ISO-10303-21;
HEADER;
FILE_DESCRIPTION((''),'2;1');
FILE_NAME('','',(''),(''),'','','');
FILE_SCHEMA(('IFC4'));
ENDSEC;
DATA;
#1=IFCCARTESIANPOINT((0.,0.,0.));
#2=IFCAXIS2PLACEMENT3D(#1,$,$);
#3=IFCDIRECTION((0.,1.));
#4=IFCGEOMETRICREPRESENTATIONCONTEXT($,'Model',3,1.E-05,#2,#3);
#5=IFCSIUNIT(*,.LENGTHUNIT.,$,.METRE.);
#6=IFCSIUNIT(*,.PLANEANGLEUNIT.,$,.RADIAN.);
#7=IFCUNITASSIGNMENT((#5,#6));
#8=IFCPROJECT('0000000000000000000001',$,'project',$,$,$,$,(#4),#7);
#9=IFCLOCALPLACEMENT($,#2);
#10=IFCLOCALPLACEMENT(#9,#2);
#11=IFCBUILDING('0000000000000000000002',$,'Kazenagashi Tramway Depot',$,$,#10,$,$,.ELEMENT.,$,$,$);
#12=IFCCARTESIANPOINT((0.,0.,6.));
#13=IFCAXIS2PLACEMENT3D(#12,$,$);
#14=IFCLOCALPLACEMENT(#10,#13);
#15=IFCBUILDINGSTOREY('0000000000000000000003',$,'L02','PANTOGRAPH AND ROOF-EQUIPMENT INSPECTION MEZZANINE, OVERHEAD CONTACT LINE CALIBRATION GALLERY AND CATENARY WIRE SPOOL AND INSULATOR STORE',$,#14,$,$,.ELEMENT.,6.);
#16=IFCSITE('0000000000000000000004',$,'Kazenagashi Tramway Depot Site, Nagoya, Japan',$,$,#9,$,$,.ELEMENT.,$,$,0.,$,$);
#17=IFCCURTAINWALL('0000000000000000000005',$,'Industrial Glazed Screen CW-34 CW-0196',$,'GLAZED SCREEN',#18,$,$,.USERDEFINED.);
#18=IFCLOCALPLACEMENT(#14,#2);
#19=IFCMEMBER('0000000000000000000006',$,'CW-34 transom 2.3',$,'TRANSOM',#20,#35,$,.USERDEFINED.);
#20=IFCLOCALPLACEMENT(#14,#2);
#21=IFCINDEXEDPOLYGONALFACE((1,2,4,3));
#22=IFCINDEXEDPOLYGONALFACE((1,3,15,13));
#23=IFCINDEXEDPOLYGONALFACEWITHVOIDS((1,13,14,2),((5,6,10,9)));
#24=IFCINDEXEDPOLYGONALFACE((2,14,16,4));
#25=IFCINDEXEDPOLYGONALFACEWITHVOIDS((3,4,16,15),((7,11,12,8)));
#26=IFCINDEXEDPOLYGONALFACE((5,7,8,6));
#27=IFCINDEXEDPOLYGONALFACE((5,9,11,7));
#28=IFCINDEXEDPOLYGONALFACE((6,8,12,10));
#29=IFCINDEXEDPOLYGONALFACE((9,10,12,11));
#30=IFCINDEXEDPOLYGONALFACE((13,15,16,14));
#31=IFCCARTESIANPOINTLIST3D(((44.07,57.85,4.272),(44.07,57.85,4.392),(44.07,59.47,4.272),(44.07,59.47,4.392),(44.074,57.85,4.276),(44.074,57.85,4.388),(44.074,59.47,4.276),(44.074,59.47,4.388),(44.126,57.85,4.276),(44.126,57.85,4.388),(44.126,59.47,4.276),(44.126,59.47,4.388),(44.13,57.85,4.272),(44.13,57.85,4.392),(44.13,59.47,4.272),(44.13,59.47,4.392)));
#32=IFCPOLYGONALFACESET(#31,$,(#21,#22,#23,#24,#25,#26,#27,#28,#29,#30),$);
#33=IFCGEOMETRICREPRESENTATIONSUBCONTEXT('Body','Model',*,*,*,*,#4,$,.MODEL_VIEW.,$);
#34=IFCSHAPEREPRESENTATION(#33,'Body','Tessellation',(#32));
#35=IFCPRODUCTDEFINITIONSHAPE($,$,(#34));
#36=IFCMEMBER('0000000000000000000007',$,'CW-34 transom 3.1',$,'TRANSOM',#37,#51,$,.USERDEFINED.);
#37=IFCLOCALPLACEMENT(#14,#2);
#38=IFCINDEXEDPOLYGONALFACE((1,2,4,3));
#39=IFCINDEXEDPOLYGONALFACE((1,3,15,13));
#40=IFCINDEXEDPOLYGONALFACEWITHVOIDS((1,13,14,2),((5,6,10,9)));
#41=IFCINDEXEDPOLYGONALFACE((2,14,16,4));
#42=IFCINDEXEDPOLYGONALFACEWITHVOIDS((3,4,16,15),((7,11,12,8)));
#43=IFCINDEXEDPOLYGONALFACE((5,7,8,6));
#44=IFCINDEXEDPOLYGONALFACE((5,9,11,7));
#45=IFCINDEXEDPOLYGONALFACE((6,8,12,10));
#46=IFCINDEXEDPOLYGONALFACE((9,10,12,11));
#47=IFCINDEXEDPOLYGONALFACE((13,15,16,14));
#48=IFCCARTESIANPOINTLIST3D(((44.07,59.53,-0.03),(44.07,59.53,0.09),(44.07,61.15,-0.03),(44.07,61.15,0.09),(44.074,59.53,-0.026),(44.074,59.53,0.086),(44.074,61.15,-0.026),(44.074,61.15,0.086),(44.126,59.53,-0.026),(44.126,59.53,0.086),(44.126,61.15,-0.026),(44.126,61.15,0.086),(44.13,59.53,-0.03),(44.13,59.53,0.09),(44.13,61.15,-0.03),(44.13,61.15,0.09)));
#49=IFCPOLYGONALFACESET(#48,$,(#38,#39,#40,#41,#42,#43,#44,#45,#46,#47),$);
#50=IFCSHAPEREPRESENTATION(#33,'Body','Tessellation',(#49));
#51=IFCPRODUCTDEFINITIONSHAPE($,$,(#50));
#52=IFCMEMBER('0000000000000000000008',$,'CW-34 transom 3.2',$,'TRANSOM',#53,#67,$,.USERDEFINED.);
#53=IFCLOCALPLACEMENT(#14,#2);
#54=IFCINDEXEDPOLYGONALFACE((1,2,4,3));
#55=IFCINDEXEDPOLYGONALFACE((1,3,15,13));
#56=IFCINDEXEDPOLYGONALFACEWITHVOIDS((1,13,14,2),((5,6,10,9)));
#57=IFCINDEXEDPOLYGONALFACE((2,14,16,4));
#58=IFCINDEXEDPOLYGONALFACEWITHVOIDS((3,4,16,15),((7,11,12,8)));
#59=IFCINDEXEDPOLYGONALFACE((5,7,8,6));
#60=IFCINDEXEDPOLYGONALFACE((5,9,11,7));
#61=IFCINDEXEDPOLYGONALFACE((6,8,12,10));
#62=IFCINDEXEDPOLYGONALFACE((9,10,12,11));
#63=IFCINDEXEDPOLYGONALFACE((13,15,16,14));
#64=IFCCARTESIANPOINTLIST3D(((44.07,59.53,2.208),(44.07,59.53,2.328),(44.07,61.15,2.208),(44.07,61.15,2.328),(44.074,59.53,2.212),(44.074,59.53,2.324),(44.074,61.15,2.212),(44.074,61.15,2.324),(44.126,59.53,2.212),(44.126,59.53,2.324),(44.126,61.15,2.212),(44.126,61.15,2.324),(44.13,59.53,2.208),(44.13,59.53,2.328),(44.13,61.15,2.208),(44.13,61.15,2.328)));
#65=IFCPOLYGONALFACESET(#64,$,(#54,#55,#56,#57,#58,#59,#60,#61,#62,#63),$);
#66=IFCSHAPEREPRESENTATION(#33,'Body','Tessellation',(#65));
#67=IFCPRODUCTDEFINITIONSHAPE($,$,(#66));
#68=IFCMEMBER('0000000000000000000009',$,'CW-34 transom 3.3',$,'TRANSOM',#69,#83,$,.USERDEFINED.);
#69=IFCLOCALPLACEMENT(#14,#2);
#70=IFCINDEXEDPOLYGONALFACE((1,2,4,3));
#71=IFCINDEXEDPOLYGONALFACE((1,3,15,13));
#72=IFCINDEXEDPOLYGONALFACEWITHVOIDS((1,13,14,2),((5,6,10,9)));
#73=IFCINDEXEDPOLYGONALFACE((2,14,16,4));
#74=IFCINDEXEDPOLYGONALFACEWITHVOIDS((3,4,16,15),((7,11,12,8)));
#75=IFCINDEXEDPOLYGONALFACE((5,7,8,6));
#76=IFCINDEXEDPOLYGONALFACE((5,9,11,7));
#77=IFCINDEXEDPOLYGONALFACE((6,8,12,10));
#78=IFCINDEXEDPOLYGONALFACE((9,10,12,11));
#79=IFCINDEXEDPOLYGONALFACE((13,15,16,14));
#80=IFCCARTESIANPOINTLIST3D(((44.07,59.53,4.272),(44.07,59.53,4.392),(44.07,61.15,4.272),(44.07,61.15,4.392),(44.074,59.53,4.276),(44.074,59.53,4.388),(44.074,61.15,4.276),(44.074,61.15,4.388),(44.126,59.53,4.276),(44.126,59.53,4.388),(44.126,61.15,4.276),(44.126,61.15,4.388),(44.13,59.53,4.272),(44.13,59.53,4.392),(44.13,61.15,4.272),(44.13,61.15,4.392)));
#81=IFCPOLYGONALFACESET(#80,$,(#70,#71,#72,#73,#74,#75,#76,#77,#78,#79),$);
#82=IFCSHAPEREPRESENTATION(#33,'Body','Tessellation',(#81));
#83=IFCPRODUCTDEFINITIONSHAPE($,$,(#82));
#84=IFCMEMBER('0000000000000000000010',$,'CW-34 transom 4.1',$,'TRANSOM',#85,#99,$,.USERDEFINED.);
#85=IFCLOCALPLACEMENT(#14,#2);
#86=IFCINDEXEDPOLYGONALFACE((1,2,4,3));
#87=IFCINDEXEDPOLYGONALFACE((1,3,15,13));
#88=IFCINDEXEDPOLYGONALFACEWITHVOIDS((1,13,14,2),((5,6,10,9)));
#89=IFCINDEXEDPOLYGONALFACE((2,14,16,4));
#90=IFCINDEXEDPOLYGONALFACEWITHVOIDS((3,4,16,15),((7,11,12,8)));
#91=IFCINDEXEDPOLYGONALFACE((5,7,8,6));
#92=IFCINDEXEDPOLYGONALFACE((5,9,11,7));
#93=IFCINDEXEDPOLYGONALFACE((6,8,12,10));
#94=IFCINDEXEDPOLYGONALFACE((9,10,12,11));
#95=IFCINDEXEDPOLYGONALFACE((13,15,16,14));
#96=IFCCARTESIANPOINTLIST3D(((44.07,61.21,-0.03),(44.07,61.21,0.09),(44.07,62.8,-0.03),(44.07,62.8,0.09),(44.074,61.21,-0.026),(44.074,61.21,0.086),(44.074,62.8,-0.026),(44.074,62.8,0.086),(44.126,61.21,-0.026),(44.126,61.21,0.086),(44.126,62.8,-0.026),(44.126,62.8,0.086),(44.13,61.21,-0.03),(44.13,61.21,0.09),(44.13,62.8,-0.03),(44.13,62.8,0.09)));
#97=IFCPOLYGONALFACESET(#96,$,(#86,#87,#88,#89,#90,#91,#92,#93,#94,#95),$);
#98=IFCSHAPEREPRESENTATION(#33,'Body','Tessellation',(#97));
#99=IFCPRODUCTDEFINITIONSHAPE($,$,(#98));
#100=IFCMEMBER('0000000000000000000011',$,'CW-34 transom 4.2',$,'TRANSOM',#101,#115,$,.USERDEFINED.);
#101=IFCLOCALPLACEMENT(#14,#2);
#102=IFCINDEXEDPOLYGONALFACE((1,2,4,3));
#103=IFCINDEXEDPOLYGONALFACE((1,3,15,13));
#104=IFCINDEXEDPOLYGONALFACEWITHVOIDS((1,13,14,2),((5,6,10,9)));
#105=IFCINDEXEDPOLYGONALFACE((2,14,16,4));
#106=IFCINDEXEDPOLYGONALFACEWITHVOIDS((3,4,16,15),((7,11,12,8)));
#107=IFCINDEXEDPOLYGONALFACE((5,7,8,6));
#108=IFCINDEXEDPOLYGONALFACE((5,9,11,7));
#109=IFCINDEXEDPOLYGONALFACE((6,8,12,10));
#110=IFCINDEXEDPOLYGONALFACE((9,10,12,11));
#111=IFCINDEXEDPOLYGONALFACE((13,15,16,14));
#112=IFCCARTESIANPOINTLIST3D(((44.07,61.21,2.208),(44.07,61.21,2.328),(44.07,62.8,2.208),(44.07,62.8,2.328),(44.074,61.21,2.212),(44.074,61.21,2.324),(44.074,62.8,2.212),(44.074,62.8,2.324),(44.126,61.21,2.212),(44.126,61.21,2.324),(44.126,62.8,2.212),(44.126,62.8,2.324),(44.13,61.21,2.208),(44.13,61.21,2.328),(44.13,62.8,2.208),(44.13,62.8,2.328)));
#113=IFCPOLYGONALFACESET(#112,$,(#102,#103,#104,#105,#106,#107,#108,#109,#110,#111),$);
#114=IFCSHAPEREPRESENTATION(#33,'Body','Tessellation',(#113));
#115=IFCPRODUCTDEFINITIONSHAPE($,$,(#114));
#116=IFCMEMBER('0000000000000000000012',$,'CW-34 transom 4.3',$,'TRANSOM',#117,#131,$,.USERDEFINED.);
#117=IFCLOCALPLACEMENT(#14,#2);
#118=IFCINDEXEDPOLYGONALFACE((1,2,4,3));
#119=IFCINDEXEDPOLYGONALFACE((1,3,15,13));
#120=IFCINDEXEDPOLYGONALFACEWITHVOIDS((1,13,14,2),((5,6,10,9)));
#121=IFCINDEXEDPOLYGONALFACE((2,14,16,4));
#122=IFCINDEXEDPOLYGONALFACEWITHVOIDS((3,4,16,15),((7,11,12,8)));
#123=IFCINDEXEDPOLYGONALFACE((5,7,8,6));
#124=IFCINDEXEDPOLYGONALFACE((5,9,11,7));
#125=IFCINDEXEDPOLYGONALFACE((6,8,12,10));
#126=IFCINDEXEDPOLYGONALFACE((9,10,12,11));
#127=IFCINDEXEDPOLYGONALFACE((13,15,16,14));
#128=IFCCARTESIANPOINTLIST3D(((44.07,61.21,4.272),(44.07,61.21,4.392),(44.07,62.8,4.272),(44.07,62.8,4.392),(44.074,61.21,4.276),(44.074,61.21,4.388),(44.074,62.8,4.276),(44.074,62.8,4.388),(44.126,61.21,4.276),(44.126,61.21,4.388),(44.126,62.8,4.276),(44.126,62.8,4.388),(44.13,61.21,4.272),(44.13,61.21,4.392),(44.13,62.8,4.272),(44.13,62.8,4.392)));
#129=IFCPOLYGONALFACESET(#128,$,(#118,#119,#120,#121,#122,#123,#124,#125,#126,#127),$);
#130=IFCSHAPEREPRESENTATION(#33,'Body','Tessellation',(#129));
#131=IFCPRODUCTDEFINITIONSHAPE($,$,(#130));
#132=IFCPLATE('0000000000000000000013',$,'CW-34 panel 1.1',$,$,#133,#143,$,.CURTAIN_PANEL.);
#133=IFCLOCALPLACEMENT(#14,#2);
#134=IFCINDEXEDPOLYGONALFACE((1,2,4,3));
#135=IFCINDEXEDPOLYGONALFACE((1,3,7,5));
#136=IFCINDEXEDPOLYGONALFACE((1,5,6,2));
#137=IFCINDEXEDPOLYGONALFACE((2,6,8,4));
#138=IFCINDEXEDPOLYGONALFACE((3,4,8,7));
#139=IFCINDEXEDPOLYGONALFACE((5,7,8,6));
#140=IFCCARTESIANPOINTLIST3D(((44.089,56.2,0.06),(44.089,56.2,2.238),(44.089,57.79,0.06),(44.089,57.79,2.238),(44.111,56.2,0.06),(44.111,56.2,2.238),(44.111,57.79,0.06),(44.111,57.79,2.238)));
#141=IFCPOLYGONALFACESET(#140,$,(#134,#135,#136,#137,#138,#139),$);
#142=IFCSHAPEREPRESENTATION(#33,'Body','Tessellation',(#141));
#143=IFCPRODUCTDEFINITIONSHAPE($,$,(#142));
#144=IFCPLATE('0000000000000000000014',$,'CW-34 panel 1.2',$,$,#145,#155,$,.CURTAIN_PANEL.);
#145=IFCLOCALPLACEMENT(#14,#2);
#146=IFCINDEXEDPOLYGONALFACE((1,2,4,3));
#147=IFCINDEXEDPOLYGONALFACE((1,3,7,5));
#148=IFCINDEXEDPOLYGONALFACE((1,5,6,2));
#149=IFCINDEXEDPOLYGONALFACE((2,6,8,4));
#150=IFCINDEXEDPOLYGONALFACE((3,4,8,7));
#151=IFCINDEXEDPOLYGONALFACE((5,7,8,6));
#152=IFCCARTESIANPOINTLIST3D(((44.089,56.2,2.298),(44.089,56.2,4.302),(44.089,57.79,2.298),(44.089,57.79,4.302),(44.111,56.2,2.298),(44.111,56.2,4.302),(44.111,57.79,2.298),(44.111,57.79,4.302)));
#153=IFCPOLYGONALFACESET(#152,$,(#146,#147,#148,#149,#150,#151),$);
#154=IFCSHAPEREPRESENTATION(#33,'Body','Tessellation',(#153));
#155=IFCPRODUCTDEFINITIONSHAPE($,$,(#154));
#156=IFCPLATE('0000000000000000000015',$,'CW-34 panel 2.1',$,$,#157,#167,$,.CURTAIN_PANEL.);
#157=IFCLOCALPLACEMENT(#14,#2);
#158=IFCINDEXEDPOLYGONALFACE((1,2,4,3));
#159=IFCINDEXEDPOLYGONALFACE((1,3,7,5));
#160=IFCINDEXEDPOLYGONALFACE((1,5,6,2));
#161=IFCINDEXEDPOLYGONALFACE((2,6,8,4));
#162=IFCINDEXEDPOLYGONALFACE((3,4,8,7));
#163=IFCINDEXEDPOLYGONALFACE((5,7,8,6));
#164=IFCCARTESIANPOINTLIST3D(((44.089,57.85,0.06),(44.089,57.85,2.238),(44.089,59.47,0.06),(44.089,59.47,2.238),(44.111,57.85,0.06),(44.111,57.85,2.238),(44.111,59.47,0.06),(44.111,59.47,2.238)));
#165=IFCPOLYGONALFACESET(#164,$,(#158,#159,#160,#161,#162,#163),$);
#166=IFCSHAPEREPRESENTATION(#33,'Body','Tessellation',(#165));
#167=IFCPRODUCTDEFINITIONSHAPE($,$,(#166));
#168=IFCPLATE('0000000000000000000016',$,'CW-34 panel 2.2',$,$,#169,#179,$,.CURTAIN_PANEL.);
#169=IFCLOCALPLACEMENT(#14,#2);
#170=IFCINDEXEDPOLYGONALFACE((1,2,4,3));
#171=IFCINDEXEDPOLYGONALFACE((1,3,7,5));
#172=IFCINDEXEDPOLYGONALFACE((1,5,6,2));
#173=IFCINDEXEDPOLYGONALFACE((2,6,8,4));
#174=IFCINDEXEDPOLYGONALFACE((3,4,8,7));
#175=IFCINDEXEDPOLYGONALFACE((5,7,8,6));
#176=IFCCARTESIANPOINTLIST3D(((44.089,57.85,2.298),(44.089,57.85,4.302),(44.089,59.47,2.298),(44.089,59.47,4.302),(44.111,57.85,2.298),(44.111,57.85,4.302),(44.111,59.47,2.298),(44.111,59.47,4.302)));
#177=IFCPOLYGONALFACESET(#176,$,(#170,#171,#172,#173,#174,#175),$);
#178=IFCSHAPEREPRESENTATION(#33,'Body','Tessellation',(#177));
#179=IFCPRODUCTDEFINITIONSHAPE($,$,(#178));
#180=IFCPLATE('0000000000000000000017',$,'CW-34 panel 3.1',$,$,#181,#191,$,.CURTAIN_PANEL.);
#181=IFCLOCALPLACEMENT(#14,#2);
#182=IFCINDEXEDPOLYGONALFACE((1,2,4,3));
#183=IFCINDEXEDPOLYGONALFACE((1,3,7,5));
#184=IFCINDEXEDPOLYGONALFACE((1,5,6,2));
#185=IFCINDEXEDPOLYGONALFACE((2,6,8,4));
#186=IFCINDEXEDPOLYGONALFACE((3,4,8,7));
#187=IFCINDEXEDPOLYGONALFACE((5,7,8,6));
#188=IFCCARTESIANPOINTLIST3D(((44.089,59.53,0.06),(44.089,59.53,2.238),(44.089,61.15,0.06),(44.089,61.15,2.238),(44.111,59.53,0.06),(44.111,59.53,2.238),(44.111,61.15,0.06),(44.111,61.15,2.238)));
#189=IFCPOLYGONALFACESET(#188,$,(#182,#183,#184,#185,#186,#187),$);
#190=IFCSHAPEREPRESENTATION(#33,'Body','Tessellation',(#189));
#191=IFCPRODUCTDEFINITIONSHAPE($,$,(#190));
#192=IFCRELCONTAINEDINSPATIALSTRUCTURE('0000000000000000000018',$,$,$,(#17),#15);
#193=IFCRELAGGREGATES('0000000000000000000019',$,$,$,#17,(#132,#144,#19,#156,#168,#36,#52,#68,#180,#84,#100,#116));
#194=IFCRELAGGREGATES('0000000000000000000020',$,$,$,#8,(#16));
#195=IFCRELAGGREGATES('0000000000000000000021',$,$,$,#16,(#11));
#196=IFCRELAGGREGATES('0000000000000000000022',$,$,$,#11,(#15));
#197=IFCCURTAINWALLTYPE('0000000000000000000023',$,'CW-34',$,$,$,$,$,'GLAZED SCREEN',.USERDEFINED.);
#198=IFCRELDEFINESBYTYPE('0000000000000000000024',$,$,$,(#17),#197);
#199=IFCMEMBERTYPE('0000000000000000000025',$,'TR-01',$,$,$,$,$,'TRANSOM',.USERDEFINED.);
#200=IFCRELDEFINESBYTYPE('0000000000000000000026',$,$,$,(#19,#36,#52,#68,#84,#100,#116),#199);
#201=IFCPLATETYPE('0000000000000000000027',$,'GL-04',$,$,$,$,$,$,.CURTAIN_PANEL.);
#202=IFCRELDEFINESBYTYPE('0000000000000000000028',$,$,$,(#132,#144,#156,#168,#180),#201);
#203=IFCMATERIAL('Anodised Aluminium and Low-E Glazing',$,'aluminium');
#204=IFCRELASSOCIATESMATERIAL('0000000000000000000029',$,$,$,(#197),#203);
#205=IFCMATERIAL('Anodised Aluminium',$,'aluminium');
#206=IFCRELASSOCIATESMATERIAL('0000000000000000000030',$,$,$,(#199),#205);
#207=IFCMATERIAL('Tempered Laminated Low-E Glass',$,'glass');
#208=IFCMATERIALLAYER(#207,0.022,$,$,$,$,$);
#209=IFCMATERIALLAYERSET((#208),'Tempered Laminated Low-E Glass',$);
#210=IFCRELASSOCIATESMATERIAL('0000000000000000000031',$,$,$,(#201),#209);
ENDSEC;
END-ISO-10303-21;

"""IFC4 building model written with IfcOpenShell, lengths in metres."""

from ifc_helpers import new_model, si_unit, direction, frame, origin, origin_2d, place, context, subcontext, project, spatial, rectangle, hollow_rectangle, extrude, material, layer, layer_set, material_profile, profile_set, type_object, element, aggregate, save


model = new_model("IFC4")

# Units and contexts
model_context = context("Model", 3, precision=1e-05, world=origin(), true_north=direction((0.0, 1.0)))
body_context = subcontext(model_context, "Body", "Model", "MODEL_VIEW")
ifc_project = project(units=[si_unit("LENGTHUNIT", "METRE"), si_unit("PLANEANGLEUNIT", "RADIAN")], contexts=[model_context])

# Site, building, storey
site_placement = place(None, origin())
site = spatial("IfcSite", under=ifc_project, at=site_placement, Name="Kazenagashi Tramway Depot Site, Nagoya, Japan", CompositionType="ELEMENT", RefElevation=0.0)
building_placement = place(site_placement, origin())
building = spatial("IfcBuilding", under=site, at=building_placement, Name="Kazenagashi Tramway Depot", CompositionType="ELEMENT")
storey_placement = place(building_placement, frame((0.0, 0.0, 6.0)))
storey = spatial("IfcBuildingStorey", under=building, at=storey_placement, Name="L02", Description="PANTOGRAPH AND ROOF-EQUIPMENT INSPECTION MEZZANINE, OVERHEAD CONTACT LINE CALIBRATION GALLERY AND CATENARY WIRE SPOOL AND INSULATOR STORE", CompositionType="ELEMENT", Elevation=6.0)

# Shared definitions
ifc_material_1 = material(Name="Anodised Aluminium and Low-E Glazing", Category="aluminium")
ifc_material_2 = material(Name="Anodised Aluminium", Category="aluminium")

# Curtain wall
curtain_wall_type_1 = type_object("IfcCurtainWallType", Name="CW-34", ElementType="GLAZED SCREEN", PredefinedType="USERDEFINED", material=ifc_material_1)
curtain_wall_1_placement = place(storey_placement, origin())
curtain_wall_1 = element("IfcCurtainWall", 1, at=curtain_wall_1_placement, inside=storey, type_object=curtain_wall_type_1, Name="Industrial Glazed Screen CW-34 CW-0196", ObjectType="GLAZED SCREEN", PredefinedType="USERDEFINED")

# Members
ifc_material_profile_1 = material_profile(ifc_material_2, hollow_rectangle(XDim=0.06, YDim=0.12, WallThickness=0.004, at=origin_2d()), Name="RHS-120x60x4")
ifc_profile_set_1 = profile_set([ifc_material_profile_1], Name="Anodised Aluminium")
member_type_1 = type_object("IfcMemberType", Name="TR-01", ElementType="TRANSOM", PredefinedType="USERDEFINED", material=ifc_profile_set_1)
member_1_placement = place(storey_placement, frame((44.1, 57.85, 4.332), z_axis=(0.0, 1.0, 0.0), x_axis=(-1.0, 0.0, 0.0)))
member_1 = element("IfcMember", 2, at=member_1_placement, type_object=member_type_1, Name="CW-34 transom 2.3", ObjectType="TRANSOM", PredefinedType="USERDEFINED", context=body_context, shape_type="SweptSolid", body=[
    extrude(hollow_rectangle(XDim=0.06, YDim=0.12, WallThickness=0.004, at=origin_2d()), origin(), (0.0, 0.0, 1.0), 1.62),
])
member_2_placement = place(storey_placement, frame((44.1, 59.53, 0.03), z_axis=(0.0, 1.0, 0.0), x_axis=(-1.0, 0.0, 0.0)))
member_2 = element("IfcMember", 3, at=member_2_placement, type_object=member_type_1, Name="CW-34 transom 3.1", ObjectType="TRANSOM", PredefinedType="USERDEFINED", context=body_context, shape_type="SweptSolid", body=[
    extrude(hollow_rectangle(XDim=0.06, YDim=0.12, WallThickness=0.004, at=origin_2d()), origin(), (0.0, 0.0, 1.0), 1.62),
])
member_3_placement = place(storey_placement, frame((44.1, 59.53, 2.268), z_axis=(0.0, 1.0, 0.0), x_axis=(-1.0, 0.0, 0.0)))
member_3 = element("IfcMember", 4, at=member_3_placement, type_object=member_type_1, Name="CW-34 transom 3.2", ObjectType="TRANSOM", PredefinedType="USERDEFINED", context=body_context, shape_type="SweptSolid", body=[
    extrude(hollow_rectangle(XDim=0.06, YDim=0.12, WallThickness=0.004, at=origin_2d()), origin(), (0.0, 0.0, 1.0), 1.62),
])
member_4_placement = place(storey_placement, frame((44.1, 59.53, 4.332), z_axis=(0.0, 1.0, 0.0), x_axis=(-1.0, 0.0, 0.0)))
member_4 = element("IfcMember", 5, at=member_4_placement, type_object=member_type_1, Name="CW-34 transom 3.3", ObjectType="TRANSOM", PredefinedType="USERDEFINED", context=body_context, shape_type="SweptSolid", body=[
    extrude(hollow_rectangle(XDim=0.06, YDim=0.12, WallThickness=0.004, at=origin_2d()), origin(), (0.0, 0.0, 1.0), 1.62),
])
member_5_placement = place(storey_placement, frame((44.1, 61.21, 0.03), z_axis=(0.0, 1.0, 0.0), x_axis=(-1.0, 0.0, 0.0)))
member_5 = element("IfcMember", 6, at=member_5_placement, type_object=member_type_1, Name="CW-34 transom 4.1", ObjectType="TRANSOM", PredefinedType="USERDEFINED", context=body_context, shape_type="SweptSolid", body=[
    extrude(hollow_rectangle(XDim=0.06, YDim=0.12, WallThickness=0.004, at=origin_2d()), origin(), (0.0, 0.0, 1.0), 1.59),
])
member_6_placement = place(storey_placement, frame((44.1, 61.21, 2.268), z_axis=(0.0, 1.0, 0.0), x_axis=(-1.0, 0.0, 0.0)))
member_6 = element("IfcMember", 7, at=member_6_placement, type_object=member_type_1, Name="CW-34 transom 4.2", ObjectType="TRANSOM", PredefinedType="USERDEFINED", context=body_context, shape_type="SweptSolid", body=[
    extrude(hollow_rectangle(XDim=0.06, YDim=0.12, WallThickness=0.004, at=origin_2d()), origin(), (0.0, 0.0, 1.0), 1.59),
])
member_7_placement = place(storey_placement, frame((44.1, 61.21, 4.332), z_axis=(0.0, 1.0, 0.0), x_axis=(-1.0, 0.0, 0.0)))
member_7 = element("IfcMember", 8, at=member_7_placement, type_object=member_type_1, Name="CW-34 transom 4.3", ObjectType="TRANSOM", PredefinedType="USERDEFINED", context=body_context, shape_type="SweptSolid", body=[
    extrude(hollow_rectangle(XDim=0.06, YDim=0.12, WallThickness=0.004, at=origin_2d()), origin(), (0.0, 0.0, 1.0), 1.59),
])

# Plates
ifc_material_3 = material(Name="Tempered Laminated Low-E Glass", Category="glass")
ifc_layer_1 = layer(ifc_material_3, 0.022)
ifc_layer_set_1 = layer_set([ifc_layer_1], Name="Tempered Laminated Low-E Glass")
plate_type = type_object("IfcPlateType", Name="GL-04", PredefinedType="CURTAIN_PANEL", material=ifc_layer_set_1)
plate_1_placement = place(storey_placement, frame((44.1, 56.995, 0.06), z_axis=(0.0, 0.0, 1.0), x_axis=(0.0, 1.0, 0.0)))
plate_1 = element("IfcPlate", 9, at=plate_1_placement, type_object=plate_type, Name="CW-34 panel 1.1", PredefinedType="CURTAIN_PANEL", context=body_context, shape_type="SweptSolid", body=[
    extrude(rectangle(XDim=1.59, YDim=0.022, at=origin_2d()), origin(), (0.0, 0.0, 1.0), 2.178),
])
plate_2_placement = place(storey_placement, frame((44.1, 56.995, 2.298), z_axis=(0.0, 0.0, 1.0), x_axis=(0.0, 1.0, 0.0)))
plate_2 = element("IfcPlate", 10, at=plate_2_placement, type_object=plate_type, Name="CW-34 panel 1.2", PredefinedType="CURTAIN_PANEL", context=body_context, shape_type="SweptSolid", body=[
    extrude(rectangle(XDim=1.59, YDim=0.022, at=origin_2d()), origin(), (0.0, 0.0, 1.0), 2.004),
])
plate_3_placement = place(storey_placement, frame((44.1, 58.66, 0.06), z_axis=(0.0, 0.0, 1.0), x_axis=(0.0, 1.0, 0.0)))
plate_3 = element("IfcPlate", 11, at=plate_3_placement, type_object=plate_type, Name="CW-34 panel 2.1", PredefinedType="CURTAIN_PANEL", context=body_context, shape_type="SweptSolid", body=[
    extrude(rectangle(XDim=1.62, YDim=0.022, at=origin_2d()), origin(), (0.0, 0.0, 1.0), 2.178),
])
plate_4_placement = place(storey_placement, frame((44.1, 58.66, 2.298), z_axis=(0.0, 0.0, 1.0), x_axis=(0.0, 1.0, 0.0)))
plate_4 = element("IfcPlate", 12, at=plate_4_placement, type_object=plate_type, Name="CW-34 panel 2.2", PredefinedType="CURTAIN_PANEL", context=body_context, shape_type="SweptSolid", body=[
    extrude(rectangle(XDim=1.62, YDim=0.022, at=origin_2d()), origin(), (0.0, 0.0, 1.0), 2.004),
])
plate_5_placement = place(storey_placement, frame((44.1, 60.34, 0.06), z_axis=(0.0, 0.0, 1.0), x_axis=(0.0, 1.0, 0.0)))
plate_5 = element("IfcPlate", 13, at=plate_5_placement, type_object=plate_type, Name="CW-34 panel 3.1", PredefinedType="CURTAIN_PANEL", context=body_context, shape_type="SweptSolid", body=[
    extrude(rectangle(XDim=1.62, YDim=0.022, at=origin_2d()), origin(), (0.0, 0.0, 1.0), 2.178),
])
aggregate(curtain_wall_1, [plate_1, plate_2, member_1, plate_3, plate_4, member_2, member_3, member_4, plate_5, member_5, member_6, member_7])

save(model, "model.ifc")
